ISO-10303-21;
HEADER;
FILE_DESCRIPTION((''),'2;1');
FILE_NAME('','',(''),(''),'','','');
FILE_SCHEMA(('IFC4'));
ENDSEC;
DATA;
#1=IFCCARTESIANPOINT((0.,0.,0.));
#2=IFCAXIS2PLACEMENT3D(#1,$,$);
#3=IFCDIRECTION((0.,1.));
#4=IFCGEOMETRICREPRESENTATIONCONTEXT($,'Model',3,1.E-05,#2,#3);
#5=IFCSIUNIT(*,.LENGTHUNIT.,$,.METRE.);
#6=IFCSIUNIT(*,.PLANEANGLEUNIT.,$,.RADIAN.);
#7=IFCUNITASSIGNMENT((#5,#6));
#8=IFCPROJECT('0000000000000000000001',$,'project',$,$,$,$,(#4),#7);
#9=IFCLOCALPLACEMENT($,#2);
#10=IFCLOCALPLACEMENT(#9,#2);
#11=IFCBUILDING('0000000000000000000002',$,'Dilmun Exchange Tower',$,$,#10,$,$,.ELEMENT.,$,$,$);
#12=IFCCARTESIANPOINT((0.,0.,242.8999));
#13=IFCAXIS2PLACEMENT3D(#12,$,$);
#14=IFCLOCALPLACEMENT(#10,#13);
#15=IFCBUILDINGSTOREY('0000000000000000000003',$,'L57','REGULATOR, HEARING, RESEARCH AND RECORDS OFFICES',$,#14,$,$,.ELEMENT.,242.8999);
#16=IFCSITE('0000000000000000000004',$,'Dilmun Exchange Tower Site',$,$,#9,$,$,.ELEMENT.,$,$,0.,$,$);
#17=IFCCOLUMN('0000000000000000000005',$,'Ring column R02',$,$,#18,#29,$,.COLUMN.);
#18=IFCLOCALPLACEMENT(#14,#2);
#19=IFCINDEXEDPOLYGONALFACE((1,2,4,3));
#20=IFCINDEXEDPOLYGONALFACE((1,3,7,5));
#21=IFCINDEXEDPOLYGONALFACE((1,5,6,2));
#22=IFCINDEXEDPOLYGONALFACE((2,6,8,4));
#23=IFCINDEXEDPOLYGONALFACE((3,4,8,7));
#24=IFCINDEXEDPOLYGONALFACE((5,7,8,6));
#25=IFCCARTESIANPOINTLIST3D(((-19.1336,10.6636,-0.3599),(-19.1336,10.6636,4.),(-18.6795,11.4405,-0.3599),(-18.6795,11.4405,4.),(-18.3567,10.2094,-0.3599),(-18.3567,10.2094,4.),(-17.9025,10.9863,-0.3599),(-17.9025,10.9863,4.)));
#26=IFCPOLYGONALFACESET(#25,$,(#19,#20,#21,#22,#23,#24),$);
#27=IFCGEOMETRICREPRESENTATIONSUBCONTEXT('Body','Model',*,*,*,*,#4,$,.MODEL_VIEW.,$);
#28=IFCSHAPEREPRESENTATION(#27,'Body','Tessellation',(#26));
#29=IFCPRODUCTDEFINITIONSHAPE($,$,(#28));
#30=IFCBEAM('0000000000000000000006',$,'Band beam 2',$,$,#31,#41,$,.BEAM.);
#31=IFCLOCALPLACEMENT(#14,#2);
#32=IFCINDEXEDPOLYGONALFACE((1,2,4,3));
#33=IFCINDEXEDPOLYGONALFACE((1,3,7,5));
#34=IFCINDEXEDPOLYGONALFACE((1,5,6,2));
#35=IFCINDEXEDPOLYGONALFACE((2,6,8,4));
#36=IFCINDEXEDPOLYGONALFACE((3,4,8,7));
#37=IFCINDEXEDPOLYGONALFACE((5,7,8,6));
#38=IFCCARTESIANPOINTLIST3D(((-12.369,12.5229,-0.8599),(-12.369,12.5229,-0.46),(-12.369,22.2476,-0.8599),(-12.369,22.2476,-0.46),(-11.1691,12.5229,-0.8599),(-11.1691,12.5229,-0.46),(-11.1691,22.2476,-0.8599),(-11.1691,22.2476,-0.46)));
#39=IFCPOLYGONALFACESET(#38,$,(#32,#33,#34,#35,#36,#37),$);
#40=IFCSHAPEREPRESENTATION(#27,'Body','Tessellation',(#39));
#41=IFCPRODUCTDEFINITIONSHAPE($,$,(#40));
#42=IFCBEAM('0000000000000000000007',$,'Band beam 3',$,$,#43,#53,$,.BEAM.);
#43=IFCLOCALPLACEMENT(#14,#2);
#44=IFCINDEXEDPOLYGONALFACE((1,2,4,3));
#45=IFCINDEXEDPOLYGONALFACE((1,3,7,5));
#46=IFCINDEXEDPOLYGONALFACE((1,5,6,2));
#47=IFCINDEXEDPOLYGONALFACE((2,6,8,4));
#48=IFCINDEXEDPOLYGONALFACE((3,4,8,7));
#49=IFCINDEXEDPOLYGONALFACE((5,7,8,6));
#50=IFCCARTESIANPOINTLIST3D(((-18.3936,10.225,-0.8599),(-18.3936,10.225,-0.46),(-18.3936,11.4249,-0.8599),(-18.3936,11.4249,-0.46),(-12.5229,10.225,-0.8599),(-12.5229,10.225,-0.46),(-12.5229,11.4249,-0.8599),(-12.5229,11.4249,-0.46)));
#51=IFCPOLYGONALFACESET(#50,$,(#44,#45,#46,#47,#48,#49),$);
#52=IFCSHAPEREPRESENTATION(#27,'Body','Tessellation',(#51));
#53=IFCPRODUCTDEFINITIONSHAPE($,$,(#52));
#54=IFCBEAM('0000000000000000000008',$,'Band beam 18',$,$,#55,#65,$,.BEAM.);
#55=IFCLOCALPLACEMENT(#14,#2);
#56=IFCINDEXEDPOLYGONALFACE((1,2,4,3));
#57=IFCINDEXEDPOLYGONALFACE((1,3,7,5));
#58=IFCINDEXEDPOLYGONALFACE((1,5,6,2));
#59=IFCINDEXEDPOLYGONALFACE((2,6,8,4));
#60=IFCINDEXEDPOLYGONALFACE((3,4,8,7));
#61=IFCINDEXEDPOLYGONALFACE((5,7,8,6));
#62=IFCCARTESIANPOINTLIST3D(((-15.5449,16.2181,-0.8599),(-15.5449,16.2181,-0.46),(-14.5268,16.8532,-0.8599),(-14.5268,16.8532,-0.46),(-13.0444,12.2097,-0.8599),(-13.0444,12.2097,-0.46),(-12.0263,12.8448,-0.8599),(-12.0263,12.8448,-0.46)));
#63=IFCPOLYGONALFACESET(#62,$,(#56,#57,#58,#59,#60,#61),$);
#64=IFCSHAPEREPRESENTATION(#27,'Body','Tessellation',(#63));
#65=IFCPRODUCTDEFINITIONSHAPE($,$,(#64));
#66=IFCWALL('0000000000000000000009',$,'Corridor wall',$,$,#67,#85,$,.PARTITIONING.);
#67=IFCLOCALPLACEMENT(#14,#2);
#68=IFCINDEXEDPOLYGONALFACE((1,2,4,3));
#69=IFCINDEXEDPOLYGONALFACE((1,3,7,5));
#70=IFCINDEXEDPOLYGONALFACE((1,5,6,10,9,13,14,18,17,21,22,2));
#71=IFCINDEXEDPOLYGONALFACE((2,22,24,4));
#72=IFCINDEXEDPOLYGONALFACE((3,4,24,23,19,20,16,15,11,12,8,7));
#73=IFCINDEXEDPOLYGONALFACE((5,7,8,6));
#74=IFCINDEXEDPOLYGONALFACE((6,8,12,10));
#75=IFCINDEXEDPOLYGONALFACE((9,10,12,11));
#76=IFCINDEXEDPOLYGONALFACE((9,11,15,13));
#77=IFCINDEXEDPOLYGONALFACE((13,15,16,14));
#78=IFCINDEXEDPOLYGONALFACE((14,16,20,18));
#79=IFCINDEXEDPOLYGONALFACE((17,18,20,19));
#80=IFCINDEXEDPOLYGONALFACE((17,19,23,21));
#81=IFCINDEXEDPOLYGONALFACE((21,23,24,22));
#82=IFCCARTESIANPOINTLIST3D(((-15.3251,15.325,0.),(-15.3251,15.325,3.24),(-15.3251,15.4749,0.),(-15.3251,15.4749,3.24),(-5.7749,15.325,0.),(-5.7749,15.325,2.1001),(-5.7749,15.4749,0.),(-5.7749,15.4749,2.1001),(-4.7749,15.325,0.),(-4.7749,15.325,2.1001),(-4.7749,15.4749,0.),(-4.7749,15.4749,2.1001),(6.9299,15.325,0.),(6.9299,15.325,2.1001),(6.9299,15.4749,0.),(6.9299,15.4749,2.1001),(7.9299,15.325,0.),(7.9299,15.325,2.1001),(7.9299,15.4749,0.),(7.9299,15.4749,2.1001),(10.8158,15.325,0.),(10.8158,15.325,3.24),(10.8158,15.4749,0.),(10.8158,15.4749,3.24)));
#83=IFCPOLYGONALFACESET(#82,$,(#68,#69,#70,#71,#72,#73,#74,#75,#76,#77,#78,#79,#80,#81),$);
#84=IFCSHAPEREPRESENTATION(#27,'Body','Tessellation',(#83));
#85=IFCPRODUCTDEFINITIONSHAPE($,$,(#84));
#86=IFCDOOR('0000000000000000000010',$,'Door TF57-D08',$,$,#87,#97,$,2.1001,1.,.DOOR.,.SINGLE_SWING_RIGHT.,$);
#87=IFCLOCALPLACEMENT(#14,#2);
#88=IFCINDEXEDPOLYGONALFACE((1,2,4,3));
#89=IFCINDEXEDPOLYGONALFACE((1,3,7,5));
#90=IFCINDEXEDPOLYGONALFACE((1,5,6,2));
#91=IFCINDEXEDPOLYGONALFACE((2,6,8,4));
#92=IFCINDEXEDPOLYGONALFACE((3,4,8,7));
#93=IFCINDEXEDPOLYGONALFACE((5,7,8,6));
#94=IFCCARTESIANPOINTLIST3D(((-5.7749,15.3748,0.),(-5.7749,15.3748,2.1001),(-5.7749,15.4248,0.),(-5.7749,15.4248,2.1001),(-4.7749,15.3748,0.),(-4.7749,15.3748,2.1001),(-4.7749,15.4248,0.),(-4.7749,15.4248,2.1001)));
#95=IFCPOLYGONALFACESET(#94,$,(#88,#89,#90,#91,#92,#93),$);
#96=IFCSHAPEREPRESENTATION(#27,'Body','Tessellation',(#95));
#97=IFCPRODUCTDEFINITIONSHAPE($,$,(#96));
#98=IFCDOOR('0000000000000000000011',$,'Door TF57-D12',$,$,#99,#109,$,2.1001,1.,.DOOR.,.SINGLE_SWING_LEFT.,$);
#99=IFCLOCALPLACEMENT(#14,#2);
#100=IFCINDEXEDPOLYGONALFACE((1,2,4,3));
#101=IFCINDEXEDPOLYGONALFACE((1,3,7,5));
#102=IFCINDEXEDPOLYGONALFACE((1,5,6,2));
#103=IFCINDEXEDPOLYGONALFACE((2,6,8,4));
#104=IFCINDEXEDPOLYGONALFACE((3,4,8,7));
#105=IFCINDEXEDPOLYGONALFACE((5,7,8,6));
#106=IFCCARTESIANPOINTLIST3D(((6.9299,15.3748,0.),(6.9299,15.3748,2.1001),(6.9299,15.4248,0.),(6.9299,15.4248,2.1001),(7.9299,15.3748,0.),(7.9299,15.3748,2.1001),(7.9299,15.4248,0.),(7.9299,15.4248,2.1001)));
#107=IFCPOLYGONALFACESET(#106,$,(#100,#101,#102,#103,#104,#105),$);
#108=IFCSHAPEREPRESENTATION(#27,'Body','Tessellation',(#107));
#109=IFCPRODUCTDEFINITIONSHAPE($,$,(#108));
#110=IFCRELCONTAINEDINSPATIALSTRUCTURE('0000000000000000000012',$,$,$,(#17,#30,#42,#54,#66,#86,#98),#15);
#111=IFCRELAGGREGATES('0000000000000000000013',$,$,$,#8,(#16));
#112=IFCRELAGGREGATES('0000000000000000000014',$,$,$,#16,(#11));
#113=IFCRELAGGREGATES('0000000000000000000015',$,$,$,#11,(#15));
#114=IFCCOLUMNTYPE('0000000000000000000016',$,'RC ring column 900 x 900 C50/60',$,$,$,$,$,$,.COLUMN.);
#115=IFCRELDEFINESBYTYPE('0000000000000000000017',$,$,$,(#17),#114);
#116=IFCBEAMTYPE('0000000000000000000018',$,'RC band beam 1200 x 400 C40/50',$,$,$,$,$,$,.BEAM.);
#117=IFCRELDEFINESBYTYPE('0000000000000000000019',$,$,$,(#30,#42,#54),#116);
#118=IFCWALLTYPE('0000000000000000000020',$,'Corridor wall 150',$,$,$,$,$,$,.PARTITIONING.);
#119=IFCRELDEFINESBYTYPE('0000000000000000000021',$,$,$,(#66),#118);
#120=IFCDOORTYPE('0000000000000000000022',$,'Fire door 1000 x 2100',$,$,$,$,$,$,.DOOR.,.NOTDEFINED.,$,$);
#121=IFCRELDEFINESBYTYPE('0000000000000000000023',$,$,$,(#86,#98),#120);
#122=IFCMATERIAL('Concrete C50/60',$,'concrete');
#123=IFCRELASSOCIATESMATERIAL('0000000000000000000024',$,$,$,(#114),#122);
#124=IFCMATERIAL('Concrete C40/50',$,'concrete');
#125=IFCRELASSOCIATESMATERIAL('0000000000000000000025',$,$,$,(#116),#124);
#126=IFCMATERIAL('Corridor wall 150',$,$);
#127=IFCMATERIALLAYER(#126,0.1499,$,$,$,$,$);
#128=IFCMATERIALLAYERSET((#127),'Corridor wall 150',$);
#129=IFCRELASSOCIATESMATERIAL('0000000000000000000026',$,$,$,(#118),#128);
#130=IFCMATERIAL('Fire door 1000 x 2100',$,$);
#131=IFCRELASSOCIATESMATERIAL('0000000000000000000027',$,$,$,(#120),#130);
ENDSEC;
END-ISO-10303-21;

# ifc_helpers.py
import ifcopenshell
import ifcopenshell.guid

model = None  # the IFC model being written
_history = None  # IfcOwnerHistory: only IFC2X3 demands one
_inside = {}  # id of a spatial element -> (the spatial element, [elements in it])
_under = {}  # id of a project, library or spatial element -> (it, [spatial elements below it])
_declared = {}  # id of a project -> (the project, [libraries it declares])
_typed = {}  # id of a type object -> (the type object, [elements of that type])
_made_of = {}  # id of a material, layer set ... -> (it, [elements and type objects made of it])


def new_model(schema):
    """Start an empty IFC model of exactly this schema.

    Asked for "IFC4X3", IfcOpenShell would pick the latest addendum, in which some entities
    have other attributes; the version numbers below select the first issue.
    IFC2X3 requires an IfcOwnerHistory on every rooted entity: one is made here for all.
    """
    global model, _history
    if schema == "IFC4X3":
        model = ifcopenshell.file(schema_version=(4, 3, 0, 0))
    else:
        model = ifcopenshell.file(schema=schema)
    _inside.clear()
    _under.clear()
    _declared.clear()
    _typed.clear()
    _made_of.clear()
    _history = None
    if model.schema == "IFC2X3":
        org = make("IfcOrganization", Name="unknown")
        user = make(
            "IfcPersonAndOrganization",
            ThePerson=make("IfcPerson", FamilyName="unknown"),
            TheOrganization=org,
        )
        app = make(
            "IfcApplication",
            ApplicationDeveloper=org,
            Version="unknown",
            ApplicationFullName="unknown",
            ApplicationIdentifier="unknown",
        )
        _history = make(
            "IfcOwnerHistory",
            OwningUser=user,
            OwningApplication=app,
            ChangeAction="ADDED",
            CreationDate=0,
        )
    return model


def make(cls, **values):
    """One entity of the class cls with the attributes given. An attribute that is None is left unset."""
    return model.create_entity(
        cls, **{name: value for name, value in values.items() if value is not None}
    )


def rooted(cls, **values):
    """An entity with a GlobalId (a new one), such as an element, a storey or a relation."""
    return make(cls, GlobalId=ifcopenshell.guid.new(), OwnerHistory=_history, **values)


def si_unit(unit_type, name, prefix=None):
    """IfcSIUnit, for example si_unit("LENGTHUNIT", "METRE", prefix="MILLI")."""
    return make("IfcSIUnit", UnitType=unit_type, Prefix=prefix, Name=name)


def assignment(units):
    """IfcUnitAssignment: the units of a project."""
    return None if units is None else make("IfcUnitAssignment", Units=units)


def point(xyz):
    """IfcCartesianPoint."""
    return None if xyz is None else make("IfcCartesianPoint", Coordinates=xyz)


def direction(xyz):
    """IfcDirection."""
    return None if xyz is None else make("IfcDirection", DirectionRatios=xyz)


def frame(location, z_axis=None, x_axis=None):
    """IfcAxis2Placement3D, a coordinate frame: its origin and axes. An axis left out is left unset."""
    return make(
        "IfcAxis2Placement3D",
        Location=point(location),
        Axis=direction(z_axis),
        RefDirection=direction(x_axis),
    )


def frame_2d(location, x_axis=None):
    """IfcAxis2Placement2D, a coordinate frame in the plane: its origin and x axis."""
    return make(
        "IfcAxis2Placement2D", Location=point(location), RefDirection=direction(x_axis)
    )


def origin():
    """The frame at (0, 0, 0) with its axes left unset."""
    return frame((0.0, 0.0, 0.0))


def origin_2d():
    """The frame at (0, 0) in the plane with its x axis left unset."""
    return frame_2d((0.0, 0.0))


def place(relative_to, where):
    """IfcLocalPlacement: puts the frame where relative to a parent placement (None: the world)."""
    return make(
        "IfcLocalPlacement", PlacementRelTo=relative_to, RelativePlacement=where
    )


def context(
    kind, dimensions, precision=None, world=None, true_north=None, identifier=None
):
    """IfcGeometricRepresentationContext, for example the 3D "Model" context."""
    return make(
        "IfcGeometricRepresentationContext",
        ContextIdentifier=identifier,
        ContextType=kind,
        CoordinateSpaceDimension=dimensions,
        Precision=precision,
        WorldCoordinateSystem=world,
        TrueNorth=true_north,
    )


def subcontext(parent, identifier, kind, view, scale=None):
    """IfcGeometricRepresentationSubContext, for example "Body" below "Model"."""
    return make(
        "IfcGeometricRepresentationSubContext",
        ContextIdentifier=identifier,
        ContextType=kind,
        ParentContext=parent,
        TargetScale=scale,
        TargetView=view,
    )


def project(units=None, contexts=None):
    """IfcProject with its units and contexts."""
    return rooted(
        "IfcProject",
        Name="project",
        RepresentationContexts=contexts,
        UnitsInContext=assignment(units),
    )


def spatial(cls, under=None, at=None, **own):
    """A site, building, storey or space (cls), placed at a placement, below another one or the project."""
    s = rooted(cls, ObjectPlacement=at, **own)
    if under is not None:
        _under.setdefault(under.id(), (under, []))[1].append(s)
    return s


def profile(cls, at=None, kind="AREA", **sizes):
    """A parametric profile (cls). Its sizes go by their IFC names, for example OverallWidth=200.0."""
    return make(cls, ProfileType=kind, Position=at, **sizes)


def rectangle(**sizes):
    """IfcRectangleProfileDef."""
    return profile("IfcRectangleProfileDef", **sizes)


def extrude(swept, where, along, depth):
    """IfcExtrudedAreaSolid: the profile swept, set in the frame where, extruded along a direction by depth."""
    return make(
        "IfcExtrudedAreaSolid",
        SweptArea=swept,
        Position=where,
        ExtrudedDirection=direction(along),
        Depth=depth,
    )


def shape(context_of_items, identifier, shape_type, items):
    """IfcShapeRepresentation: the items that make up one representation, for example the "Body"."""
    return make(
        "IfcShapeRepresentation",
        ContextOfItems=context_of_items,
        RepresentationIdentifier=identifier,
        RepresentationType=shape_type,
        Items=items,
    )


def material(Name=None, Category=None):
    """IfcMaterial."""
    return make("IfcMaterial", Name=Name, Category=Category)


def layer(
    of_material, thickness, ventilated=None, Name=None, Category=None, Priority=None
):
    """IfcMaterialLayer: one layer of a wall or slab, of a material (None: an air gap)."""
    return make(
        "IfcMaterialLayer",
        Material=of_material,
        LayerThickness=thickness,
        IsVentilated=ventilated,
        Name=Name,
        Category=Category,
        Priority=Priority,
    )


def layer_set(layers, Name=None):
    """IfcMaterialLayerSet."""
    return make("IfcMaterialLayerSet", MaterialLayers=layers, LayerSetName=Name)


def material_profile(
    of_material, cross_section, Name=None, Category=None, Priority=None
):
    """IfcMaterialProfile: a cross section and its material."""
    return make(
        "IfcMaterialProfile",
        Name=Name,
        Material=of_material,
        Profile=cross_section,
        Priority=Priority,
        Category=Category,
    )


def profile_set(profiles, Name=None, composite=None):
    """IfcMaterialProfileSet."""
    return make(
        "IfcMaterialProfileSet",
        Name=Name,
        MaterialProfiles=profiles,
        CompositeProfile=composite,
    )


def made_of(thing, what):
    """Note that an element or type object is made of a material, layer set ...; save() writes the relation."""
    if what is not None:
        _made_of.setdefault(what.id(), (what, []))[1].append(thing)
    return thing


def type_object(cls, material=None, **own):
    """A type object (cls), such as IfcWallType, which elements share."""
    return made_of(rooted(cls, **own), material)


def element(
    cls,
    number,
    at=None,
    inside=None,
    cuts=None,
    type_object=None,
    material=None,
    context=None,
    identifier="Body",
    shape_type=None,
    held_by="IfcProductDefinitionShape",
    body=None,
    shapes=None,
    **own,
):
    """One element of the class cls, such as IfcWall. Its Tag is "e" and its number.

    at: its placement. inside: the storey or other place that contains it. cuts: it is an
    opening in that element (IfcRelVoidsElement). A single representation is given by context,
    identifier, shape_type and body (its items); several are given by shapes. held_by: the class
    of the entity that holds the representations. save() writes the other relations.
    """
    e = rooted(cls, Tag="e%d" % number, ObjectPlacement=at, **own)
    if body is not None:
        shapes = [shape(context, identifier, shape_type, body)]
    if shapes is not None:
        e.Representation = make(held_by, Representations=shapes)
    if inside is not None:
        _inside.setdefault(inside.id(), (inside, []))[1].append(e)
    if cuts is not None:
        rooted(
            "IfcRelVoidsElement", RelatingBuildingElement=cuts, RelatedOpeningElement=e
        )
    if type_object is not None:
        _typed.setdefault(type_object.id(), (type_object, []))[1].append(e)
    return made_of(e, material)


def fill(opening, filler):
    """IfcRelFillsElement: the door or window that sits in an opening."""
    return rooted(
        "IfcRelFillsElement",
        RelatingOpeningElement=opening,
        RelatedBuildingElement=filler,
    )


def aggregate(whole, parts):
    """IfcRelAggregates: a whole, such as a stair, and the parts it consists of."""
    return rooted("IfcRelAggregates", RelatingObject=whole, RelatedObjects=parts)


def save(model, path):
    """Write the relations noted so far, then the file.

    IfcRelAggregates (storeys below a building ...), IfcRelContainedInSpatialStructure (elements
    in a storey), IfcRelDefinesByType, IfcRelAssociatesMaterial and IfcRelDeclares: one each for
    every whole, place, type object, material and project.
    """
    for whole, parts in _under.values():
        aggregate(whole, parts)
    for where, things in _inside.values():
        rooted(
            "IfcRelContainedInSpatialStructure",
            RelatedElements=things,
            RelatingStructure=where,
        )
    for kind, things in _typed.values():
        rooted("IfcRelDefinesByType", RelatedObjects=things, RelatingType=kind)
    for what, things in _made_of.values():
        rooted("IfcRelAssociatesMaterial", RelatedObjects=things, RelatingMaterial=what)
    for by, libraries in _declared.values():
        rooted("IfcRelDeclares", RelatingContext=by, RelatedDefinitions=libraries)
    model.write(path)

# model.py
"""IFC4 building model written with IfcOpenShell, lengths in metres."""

from ifc_helpers import new_model, si_unit, direction, frame, frame_2d, origin, origin_2d, place, context, subcontext, project, spatial, rectangle, extrude, material, layer, layer_set, material_profile, profile_set, type_object, element, fill, save


model = new_model("IFC4")

# Units and contexts
model_context = context("Model", 3, precision=1e-05, world=origin(), true_north=direction((0.0, 1.0)))
body_context = subcontext(model_context, "Body", "Model", "MODEL_VIEW")
ifc_project = project(units=[si_unit("LENGTHUNIT", "METRE"), si_unit("PLANEANGLEUNIT", "RADIAN")], contexts=[model_context])

# Site, building, storey
site_placement = place(None, origin())
site = spatial("IfcSite", under=ifc_project, at=site_placement, Name="Dilmun Exchange Tower Site", CompositionType="ELEMENT", RefElevation=0.0)
building_placement = place(site_placement, origin())
building = spatial("IfcBuilding", under=site, at=building_placement, Name="Dilmun Exchange Tower", CompositionType="ELEMENT")
storey_placement = place(building_placement, frame((0.0, 0.0, 242.8999)))
storey = spatial("IfcBuildingStorey", under=building, at=storey_placement, Name="L57", Description="REGULATOR, HEARING, RESEARCH AND RECORDS OFFICES", CompositionType="ELEMENT", Elevation=242.8999)

# Column
ifc_material_1 = material(Name="Concrete C50/60", Category="concrete")
ifc_material_profile_1 = material_profile(ifc_material_1, rectangle(XDim=0.8999, YDim=0.8999, at=origin_2d()), Name="900 x 900")
ifc_profile_set_1 = profile_set([ifc_material_profile_1], Name="Concrete C50/60")
column_type = type_object("IfcColumnType", Name="RC ring column 900 x 900 C50/60", PredefinedType="COLUMN", material=ifc_profile_set_1)
column_placement = place(storey_placement, frame((-18.5181, 10.825, -0.3599), z_axis=(0.0, 0.0, 1.0), x_axis=(0.504644, 0.863328, 0.0)))
element("IfcColumn", 1, at=column_placement, inside=storey, type_object=column_type, Name="Ring column R02", PredefinedType="COLUMN", context=body_context, shape_type="SweptSolid", body=[
    extrude(rectangle(XDim=0.8999, YDim=0.8999, at=origin_2d()), origin(), (0.0, 0.0, 1.0), 4.3599),
])

# Beams
ifc_material_2 = material(Name="Concrete C40/50", Category="concrete")
ifc_material_profile_2 = material_profile(ifc_material_2, rectangle(XDim=1.2, YDim=0.3999, at=origin_2d()), Name="1200 x 400")
ifc_profile_set_2 = profile_set([ifc_material_profile_2], Name="Concrete C40/50")
beam_type = type_object("IfcBeamType", Name="RC band beam 1200 x 400 C40/50", PredefinedType="BEAM", material=ifc_profile_set_2)
beam_1_placement = place(storey_placement, frame((-11.769, 22.2476, -0.6599), z_axis=(0.0, -1.0, 0.0), x_axis=(1.0, 0.0, 0.0)))
element("IfcBeam", 2, at=beam_1_placement, inside=storey, type_object=beam_type, Name="Band beam 2", PredefinedType="BEAM", context=body_context, shape_type="SweptSolid", body=[
    extrude(rectangle(XDim=1.2, YDim=0.3999, at=origin_2d()), origin(), (0.0, 0.0, 1.0), 9.7246),
])
beam_2_placement = place(storey_placement, frame((-18.3936, 10.825, -0.6599), z_axis=(1.0, 0.0, 0.0), x_axis=(0.0, 1.0, 0.0)))
element("IfcBeam", 3, at=beam_2_placement, inside=storey, type_object=beam_type, Name="Band beam 3", PredefinedType="BEAM", context=body_context, shape_type="SweptSolid", body=[
    extrude(rectangle(XDim=1.2, YDim=0.3999, at=origin_2d()), origin(), (0.0, 0.0, 1.0), 5.8706),
])
beam_3_placement = place(storey_placement, frame((-15.0359, 16.5356, -0.6599), z_axis=(0.529283, -0.848445, 0.0), x_axis=(0.848445, 0.529283, 0.0)))
element("IfcBeam", 4, at=beam_3_placement, inside=storey, type_object=beam_type, Name="Band beam 18", PredefinedType="BEAM", context=body_context, shape_type="SweptSolid", body=[
    extrude(rectangle(XDim=1.2, YDim=0.3999, at=origin_2d()), origin(), (0.0, 0.0, 1.0), 4.7244),
])

# Wall, openings, doors
ifc_material_3 = material(Name="Corridor wall 150")
ifc_layer_1 = layer(ifc_material_3, 0.1499)
ifc_layer_set_1 = layer_set([ifc_layer_1], Name="Corridor wall 150")
wall_type_1 = type_object("IfcWallType", Name="Corridor wall 150", PredefinedType="PARTITIONING", material=ifc_layer_set_1)
wall_1_placement = place(storey_placement, frame((-15.325, 15.3999, 0.0), z_axis=(0.0, 0.0, 1.0), x_axis=(1.0, 0.0, 0.0)))
wall_1 = element("IfcWall", 5, at=wall_1_placement, inside=storey, type_object=wall_type_1, Name="Corridor wall", PredefinedType="PARTITIONING", context=body_context, shape_type="SweptSolid", body=[
    extrude(rectangle(XDim=26.1409, YDim=0.1499, at=frame_2d((13.0703, 0.0))), origin(), (0.0, 0.0, 1.0), 3.24),
])
opening_1_placement = place(wall_1_placement, frame((9.55, 0.0, 0.0)))
opening_1 = element("IfcOpeningElement", 6, at=opening_1_placement, cuts=wall_1, PredefinedType="OPENING", context=body_context, shape_type="SweptSolid", body=[
    extrude(rectangle(XDim=1.0, YDim=2.1001, at=frame_2d((0.5, 1.05))), frame((0.0, 0.085, 0.0), z_axis=(0.0, -1.0, 0.0), x_axis=(1.0, 0.0, 0.0)), (0.0, 0.0, 1.0), 0.1699),
])
opening_2_placement = place(wall_1_placement, frame((22.2549, 0.0, 0.0)))
opening_2 = element("IfcOpeningElement", 7, at=opening_2_placement, cuts=wall_1, PredefinedType="OPENING", context=body_context, shape_type="SweptSolid", body=[
    extrude(rectangle(XDim=1.0, YDim=2.1001, at=frame_2d((0.5, 1.05))), frame((0.0, 0.085, 0.0), z_axis=(0.0, -1.0, 0.0), x_axis=(1.0, 0.0, 0.0)), (0.0, 0.0, 1.0), 0.1699),
])
ifc_material_4 = material(Name="Fire door 1000 x 2100")
door_type_1 = type_object("IfcDoorType", Name="Fire door 1000 x 2100", OperationType="NOTDEFINED", PredefinedType="DOOR", material=ifc_material_4)
door_1_placement = place(opening_1_placement, origin())
door_1 = element("IfcDoor", 8, at=door_1_placement, inside=storey, type_object=door_type_1, Name="Door TF57-D08", OperationType="SINGLE_SWING_RIGHT", OverallHeight=2.1001, OverallWidth=1.0, PredefinedType="DOOR", context=body_context, shape_type="SweptSolid", body=[
    extrude(rectangle(XDim=1.0, YDim=2.1001, at=frame_2d((0.5, 1.05))), frame((0.0, 0.0249, 0.0), z_axis=(0.0, -1.0, 0.0), x_axis=(1.0, 0.0, 0.0)), (0.0, 0.0, 1.0), 0.05),
])
fill(opening_1, door_1)
door_2_placement = place(opening_2_placement, origin())
door_2 = element("IfcDoor", 9, at=door_2_placement, inside=storey, type_object=door_type_1, Name="Door TF57-D12", OperationType="SINGLE_SWING_LEFT", OverallHeight=2.1001, OverallWidth=1.0, PredefinedType="DOOR", context=body_context, shape_type="SweptSolid", body=[
    extrude(rectangle(XDim=1.0, YDim=2.1001, at=frame_2d((0.5, 1.05))), frame((0.0, 0.0249, 0.0), z_axis=(0.0, -1.0, 0.0), x_axis=(1.0, 0.0, 0.0)), (0.0, 0.0, 1.0), 0.05),
])
fill(opening_2, door_2)

save(model, "model.ifc")
